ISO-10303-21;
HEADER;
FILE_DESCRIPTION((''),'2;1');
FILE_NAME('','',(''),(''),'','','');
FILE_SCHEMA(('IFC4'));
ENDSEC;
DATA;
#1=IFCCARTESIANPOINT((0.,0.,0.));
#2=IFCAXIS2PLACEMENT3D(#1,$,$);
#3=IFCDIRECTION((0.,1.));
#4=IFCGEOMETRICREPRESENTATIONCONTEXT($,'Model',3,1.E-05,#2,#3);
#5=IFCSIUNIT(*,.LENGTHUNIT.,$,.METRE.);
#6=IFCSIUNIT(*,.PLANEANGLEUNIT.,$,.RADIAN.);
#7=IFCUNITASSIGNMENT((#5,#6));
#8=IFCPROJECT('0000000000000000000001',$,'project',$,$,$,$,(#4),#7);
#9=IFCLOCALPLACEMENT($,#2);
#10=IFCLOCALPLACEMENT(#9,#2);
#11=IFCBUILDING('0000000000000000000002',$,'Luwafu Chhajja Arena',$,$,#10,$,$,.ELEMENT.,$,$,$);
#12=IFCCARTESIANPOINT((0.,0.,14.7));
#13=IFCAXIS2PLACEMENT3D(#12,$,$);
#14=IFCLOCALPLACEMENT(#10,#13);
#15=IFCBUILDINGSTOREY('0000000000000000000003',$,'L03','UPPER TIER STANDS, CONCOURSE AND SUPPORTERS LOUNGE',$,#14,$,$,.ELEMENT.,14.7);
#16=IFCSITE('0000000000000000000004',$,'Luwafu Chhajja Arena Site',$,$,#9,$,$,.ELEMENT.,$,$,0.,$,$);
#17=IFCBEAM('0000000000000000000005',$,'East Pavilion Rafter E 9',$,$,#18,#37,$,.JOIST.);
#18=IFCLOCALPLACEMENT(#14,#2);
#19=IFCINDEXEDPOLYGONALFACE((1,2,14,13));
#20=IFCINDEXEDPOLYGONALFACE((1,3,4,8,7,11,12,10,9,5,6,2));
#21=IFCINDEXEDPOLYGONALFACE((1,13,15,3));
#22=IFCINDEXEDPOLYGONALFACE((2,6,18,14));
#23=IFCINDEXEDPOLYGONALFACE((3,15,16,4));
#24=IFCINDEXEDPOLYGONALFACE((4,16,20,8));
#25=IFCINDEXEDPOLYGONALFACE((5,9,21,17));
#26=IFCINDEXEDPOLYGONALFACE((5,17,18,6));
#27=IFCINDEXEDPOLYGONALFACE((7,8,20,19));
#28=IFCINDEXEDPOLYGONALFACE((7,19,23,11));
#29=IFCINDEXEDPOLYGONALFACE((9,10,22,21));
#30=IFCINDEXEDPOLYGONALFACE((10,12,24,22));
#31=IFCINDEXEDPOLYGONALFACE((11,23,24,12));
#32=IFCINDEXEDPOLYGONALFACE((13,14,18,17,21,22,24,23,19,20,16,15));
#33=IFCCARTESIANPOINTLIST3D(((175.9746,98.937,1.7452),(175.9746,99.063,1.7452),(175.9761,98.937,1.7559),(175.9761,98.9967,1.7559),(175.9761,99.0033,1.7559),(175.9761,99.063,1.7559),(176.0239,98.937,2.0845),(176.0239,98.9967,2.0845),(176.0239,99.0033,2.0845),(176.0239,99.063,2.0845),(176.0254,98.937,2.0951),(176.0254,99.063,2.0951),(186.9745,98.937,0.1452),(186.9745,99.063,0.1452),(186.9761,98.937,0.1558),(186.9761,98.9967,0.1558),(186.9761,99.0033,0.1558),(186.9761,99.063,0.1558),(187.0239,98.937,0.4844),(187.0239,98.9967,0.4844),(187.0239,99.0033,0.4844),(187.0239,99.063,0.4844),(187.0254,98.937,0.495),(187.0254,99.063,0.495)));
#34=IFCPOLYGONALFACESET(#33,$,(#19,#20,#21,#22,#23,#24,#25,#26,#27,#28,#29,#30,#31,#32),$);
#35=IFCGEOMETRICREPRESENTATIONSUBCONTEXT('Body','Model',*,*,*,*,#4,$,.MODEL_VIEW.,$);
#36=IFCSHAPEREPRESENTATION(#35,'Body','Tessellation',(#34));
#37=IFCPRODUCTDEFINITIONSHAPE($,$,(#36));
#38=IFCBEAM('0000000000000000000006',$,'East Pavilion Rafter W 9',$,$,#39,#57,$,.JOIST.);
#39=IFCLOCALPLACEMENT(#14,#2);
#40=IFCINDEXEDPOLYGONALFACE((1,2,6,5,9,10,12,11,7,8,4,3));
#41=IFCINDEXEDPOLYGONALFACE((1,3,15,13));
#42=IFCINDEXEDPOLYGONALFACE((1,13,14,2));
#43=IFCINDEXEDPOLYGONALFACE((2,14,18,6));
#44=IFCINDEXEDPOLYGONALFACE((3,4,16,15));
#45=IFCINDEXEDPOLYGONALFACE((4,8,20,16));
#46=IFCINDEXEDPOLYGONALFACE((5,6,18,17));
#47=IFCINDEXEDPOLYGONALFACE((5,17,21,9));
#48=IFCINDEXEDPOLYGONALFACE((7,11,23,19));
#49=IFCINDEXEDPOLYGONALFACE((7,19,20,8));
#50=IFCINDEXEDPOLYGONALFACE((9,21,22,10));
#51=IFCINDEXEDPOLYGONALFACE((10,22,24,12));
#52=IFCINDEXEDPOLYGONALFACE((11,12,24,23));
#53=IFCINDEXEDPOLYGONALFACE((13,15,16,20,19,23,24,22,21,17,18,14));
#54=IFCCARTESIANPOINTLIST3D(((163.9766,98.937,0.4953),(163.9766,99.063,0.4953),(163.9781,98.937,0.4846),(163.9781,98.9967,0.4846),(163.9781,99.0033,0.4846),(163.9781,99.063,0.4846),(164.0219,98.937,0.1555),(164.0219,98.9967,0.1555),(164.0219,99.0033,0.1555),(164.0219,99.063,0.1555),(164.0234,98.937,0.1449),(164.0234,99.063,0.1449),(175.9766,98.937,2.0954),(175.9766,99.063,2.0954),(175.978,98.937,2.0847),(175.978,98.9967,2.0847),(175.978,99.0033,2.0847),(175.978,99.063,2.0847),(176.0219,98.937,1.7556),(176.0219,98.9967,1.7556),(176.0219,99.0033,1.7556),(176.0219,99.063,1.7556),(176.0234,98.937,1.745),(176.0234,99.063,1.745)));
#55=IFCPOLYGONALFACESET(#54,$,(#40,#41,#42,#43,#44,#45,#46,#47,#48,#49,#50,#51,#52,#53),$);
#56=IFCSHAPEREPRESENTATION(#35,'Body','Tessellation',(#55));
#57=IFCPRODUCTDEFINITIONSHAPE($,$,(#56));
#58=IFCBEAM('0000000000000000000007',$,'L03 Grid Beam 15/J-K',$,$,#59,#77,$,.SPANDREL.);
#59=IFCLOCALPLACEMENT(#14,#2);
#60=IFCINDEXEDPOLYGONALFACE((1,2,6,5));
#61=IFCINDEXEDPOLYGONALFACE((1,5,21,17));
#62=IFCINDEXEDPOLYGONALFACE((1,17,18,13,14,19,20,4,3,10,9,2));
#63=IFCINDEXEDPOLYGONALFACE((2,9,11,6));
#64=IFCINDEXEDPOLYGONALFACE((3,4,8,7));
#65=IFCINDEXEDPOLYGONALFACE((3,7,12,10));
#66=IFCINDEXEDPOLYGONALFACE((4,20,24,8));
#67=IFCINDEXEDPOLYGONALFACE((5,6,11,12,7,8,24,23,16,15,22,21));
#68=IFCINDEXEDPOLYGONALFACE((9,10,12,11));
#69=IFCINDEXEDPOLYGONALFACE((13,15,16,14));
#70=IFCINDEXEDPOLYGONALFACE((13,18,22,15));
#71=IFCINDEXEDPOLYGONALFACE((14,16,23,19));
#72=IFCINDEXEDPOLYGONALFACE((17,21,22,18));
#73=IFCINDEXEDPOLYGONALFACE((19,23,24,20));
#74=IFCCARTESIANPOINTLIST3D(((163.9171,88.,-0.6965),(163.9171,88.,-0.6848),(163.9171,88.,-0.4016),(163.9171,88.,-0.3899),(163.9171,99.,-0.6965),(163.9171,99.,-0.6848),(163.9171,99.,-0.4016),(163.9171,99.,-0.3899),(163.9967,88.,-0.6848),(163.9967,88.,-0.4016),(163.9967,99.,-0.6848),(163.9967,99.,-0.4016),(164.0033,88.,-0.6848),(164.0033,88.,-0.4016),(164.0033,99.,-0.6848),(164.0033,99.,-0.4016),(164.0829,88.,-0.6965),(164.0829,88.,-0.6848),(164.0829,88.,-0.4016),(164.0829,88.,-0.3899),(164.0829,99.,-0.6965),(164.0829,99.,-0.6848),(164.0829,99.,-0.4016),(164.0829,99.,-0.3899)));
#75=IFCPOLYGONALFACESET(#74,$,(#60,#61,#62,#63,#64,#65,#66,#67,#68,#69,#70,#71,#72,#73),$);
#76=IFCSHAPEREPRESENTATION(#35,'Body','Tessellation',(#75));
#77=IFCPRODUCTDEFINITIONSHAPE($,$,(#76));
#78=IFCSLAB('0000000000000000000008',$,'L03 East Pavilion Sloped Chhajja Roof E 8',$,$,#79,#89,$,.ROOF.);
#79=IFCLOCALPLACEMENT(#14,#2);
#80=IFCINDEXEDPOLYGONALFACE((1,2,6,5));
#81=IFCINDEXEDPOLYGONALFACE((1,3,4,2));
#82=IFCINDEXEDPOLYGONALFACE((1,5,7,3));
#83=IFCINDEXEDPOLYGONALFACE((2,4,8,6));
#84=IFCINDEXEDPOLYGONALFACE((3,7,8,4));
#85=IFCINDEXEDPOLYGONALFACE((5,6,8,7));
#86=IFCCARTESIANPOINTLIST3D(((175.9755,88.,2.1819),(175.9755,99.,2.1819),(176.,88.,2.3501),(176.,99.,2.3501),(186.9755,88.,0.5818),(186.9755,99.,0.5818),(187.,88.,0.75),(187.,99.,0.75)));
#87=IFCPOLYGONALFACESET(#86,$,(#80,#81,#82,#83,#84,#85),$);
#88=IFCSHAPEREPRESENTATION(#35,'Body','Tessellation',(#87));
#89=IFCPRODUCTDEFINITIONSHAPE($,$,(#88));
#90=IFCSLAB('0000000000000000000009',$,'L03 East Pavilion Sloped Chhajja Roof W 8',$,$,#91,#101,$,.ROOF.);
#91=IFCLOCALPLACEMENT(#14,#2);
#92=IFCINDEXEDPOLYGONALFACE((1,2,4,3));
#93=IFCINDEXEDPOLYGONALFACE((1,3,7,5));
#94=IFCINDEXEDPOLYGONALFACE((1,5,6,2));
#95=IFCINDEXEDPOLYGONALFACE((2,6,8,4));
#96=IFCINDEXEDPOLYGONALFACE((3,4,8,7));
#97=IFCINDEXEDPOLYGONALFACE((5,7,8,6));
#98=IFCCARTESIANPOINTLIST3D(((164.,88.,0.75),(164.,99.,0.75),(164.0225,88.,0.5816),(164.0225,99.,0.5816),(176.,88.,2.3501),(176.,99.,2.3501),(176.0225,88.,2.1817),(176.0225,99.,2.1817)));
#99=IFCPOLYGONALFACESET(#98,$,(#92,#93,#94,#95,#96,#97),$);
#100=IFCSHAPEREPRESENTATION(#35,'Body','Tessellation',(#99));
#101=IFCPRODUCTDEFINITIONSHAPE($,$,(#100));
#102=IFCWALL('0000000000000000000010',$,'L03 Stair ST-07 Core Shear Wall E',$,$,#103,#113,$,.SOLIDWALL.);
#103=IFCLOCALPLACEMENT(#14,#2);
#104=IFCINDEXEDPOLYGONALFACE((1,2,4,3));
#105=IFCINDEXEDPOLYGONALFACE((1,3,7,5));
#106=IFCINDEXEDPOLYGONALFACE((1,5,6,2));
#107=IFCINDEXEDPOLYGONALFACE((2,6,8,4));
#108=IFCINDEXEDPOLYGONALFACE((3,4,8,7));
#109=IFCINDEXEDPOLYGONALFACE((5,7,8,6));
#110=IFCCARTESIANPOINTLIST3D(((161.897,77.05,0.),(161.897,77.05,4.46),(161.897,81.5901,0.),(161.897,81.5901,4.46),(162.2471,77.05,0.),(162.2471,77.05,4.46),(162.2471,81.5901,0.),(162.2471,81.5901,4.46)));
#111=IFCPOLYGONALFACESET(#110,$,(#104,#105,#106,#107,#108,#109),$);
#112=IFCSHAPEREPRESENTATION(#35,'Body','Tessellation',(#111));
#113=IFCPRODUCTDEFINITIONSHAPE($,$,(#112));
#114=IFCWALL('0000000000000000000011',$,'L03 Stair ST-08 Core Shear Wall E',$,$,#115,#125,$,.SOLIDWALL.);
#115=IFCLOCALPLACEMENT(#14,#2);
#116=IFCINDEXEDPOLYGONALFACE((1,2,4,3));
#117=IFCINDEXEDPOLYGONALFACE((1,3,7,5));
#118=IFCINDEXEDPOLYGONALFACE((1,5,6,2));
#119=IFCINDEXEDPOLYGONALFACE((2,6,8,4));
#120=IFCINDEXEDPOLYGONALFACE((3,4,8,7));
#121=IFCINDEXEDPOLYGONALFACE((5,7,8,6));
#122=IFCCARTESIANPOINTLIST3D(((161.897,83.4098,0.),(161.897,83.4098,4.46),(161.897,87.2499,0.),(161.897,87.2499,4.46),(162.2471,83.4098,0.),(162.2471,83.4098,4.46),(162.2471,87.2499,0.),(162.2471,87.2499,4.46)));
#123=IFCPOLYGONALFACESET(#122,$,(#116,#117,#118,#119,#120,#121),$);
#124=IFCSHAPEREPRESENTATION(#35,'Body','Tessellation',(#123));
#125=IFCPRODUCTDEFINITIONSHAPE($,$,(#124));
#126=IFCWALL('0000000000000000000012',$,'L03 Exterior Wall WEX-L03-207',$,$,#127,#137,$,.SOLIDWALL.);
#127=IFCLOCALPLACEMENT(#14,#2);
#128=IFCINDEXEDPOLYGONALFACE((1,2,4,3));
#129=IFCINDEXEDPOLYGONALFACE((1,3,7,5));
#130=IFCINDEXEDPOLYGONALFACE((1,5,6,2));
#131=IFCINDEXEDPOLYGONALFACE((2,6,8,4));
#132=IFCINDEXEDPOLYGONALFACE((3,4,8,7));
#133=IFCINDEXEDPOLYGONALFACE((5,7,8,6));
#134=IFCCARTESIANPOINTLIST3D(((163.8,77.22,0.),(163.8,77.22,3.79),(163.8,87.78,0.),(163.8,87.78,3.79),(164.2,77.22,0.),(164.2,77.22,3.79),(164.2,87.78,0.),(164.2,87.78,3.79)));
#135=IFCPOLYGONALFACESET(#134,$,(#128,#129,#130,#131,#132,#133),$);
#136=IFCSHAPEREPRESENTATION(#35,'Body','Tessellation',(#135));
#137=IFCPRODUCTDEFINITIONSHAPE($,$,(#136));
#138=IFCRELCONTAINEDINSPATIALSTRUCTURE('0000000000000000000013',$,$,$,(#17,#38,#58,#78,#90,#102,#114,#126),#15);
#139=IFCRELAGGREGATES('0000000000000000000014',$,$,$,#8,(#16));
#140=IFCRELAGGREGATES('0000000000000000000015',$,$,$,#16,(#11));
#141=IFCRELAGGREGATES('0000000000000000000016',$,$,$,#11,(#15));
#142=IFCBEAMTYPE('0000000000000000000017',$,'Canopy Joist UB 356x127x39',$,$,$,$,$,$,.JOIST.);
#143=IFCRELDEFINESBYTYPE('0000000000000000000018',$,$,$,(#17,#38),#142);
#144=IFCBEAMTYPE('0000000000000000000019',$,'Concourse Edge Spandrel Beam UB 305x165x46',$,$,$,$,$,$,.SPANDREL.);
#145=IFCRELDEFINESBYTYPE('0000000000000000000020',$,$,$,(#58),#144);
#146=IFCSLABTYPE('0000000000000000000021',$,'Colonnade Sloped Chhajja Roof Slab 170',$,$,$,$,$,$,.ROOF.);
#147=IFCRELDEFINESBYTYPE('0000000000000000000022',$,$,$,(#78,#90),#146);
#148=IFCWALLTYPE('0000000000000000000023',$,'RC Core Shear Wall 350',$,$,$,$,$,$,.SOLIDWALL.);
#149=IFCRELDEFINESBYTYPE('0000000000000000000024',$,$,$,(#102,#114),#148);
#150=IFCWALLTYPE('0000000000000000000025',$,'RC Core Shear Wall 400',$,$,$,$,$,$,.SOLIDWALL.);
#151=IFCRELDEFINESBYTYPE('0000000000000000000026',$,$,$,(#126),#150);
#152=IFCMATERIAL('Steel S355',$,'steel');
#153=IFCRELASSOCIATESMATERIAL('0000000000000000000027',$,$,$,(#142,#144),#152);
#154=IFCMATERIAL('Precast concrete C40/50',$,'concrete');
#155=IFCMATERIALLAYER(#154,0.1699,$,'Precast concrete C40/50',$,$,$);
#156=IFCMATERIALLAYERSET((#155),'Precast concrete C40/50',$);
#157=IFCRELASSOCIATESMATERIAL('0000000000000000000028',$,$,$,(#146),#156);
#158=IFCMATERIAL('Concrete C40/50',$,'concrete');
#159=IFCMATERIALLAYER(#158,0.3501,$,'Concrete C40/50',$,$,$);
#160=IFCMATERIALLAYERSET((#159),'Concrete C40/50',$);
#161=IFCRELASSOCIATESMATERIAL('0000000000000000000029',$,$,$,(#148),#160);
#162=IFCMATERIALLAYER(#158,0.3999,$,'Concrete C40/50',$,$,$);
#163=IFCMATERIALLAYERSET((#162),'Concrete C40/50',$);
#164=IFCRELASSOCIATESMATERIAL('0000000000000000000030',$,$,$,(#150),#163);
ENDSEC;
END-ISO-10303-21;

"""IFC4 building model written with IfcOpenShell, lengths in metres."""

from ifc_helpers import new_model, si_unit, direction, frame, frame_2d, origin, origin_2d, place, context, subcontext, project, spatial, polyline, rectangle, i_section, outline, extrude, material, layer, layer_set, material_profile, profile_set, type_object, element, save


model = new_model("IFC4")

# Units and contexts
model_context = context("Model", 3, precision=1e-05, world=origin(), true_north=direction((0.0, 1.0)))
body_context = subcontext(model_context, "Body", "Model", "MODEL_VIEW")
ifc_project = project(units=[si_unit("LENGTHUNIT", "METRE"), si_unit("PLANEANGLEUNIT", "RADIAN")], contexts=[model_context])

# Site, building, storey
site_placement = place(None, origin())
site = spatial("IfcSite", under=ifc_project, at=site_placement, Name="Luwafu Chhajja Arena Site", CompositionType="ELEMENT", RefElevation=0.0)
building_placement = place(site_placement, origin())
building = spatial("IfcBuilding", under=site, at=building_placement, Name="Luwafu Chhajja Arena", CompositionType="ELEMENT")
storey_placement = place(building_placement, frame((0.0, 0.0, 14.7)))
storey = spatial("IfcBuildingStorey", under=building, at=storey_placement, Name="L03", Description="UPPER TIER STANDS, CONCOURSE AND SUPPORTERS LOUNGE", CompositionType="ELEMENT", Elevation=14.7)

# Shared definitions
ifc_material_1 = material(Name="Steel S355", Category="steel")

# Beams
ifc_material_profile_1 = material_profile(ifc_material_1, i_section(OverallWidth=0.126, OverallDepth=0.3535, WebThickness=0.0066, FlangeThickness=0.0107, at=origin_2d()), Name="UB 356x127x39")
ifc_profile_set_1 = profile_set([ifc_material_profile_1], Name="Steel S355")
beam_type_1 = type_object("IfcBeamType", Name="Canopy Joist UB 356x127x39", PredefinedType="JOIST", material=ifc_profile_set_1)
beam_1_placement = place(storey_placement, frame((176.0, 99.0, 1.9202), z_axis=(0.989585, 0.0, -0.143948), x_axis=(0.0, 1.0, 0.0)))
element("IfcBeam", 1, at=beam_1_placement, inside=storey, type_object=beam_type_1, Name="East Pavilion Rafter E 9", PredefinedType="JOIST", context=body_context, shape_type="SweptSolid", body=[
    extrude(i_section(OverallWidth=0.126, OverallDepth=0.3535, WebThickness=0.0066, FlangeThickness=0.0107, at=origin_2d()), origin(), (0.0, 0.0, 1.0), 11.1157),
])
beam_2_placement = place(storey_placement, frame((164.0, 99.0, 0.3201), z_axis=(0.991227, 0.0, 0.132172), x_axis=(0.0, 1.0, 0.0)))
element("IfcBeam", 2, at=beam_2_placement, inside=storey, type_object=beam_type_1, Name="East Pavilion Rafter W 9", PredefinedType="JOIST", context=body_context, shape_type="SweptSolid", body=[
    extrude(i_section(OverallWidth=0.126, OverallDepth=0.3535, WebThickness=0.0066, FlangeThickness=0.0107, at=origin_2d()), origin(), (0.0, 0.0, 1.0), 12.1062),
])
ifc_material_profile_2 = material_profile(ifc_material_1, i_section(OverallWidth=0.1658, OverallDepth=0.3066, WebThickness=0.0066, FlangeThickness=0.0117, at=origin_2d()), Name="UB 305x165x46")
ifc_profile_set_2 = profile_set([ifc_material_profile_2], Name="Steel S355")
beam_type_2 = type_object("IfcBeamType", Name="Concourse Edge Spandrel Beam UB 305x165x46", PredefinedType="SPANDREL", material=ifc_profile_set_2)
beam_3_placement = place(storey_placement, frame((164.0, 88.0, -0.5432), z_axis=(0.0, 1.0, 0.0), x_axis=(-1.0, 0.0, 0.0)))
element("IfcBeam", 3, at=beam_3_placement, inside=storey, type_object=beam_type_2, Name="L03 Grid Beam 15/J-K", PredefinedType="SPANDREL", context=body_context, shape_type="SweptSolid", body=[
    extrude(i_section(OverallWidth=0.1658, OverallDepth=0.3066, WebThickness=0.0066, FlangeThickness=0.0117, at=origin_2d()), origin(), (0.0, 0.0, 1.0), 11.0),
])

# Slabs
ifc_material_2 = material(Name="Precast concrete C40/50", Category="concrete")
ifc_layer_1 = layer(ifc_material_2, 0.1699, Name="Precast concrete C40/50")
ifc_layer_set_1 = layer_set([ifc_layer_1], Name="Precast concrete C40/50")
slab_type = type_object("IfcSlabType", Name="Colonnade Sloped Chhajja Roof Slab 170", PredefinedType="ROOF", material=ifc_layer_set_1)
slab_1_placement = place(storey_placement, frame((176.0, 88.0, 2.3501), z_axis=(0.143948, 0.0, 0.989585), x_axis=(0.989585, 0.0, -0.143948)))
element("IfcSlab", 4, at=slab_1_placement, inside=storey, type_object=slab_type, Name="L03 East Pavilion Sloped Chhajja Roof E 8", PredefinedType="ROOF", context=body_context, shape_type="SweptSolid", body=[
    extrude(outline(polyline([(0.0, 0.0), (11.1158, 0.0), (11.1158, 11.0), (0.0, 11.0), (0.0, 0.0)])), origin(), (0.0, 0.0, -1.0), 0.1699),
])
slab_2_placement = place(storey_placement, frame((164.0, 88.0, 0.75), z_axis=(-0.132172, 0.0, 0.991227), x_axis=(0.991227, 0.0, 0.132172)))
element("IfcSlab", 5, at=slab_2_placement, inside=storey, type_object=slab_type, Name="L03 East Pavilion Sloped Chhajja Roof W 8", PredefinedType="ROOF", context=body_context, shape_type="SweptSolid", body=[
    extrude(outline(polyline([(0.0, 0.0), (12.1062, 0.0), (12.1062, 11.0), (0.0, 11.0), (0.0, 0.0)])), origin(), (0.0, 0.0, -1.0), 0.1699),
])

# Walls
ifc_material_3 = material(Name="Concrete C40/50", Category="concrete")
ifc_layer_2 = layer(ifc_material_3, 0.3501, Name="Concrete C40/50")
ifc_layer_set_2 = layer_set([ifc_layer_2], Name="Concrete C40/50")
wall_type_1 = type_object("IfcWallType", Name="RC Core Shear Wall 350", PredefinedType="SOLIDWALL", material=ifc_layer_set_2)
wall_1_placement = place(storey_placement, frame((162.072, 77.05, 0.0), z_axis=(0.0, 0.0, 1.0), x_axis=(0.0, 1.0, 0.0)))
element("IfcWall", 6, at=wall_1_placement, inside=storey, type_object=wall_type_1, Name="L03 Stair ST-07 Core Shear Wall E", PredefinedType="SOLIDWALL", context=body_context, shape_type="SweptSolid", body=[
    extrude(rectangle(XDim=4.54, YDim=0.3501, at=frame_2d((2.27, 0.0))), origin(), (0.0, 0.0, 1.0), 4.46),
])
wall_2_placement = place(storey_placement, frame((162.072, 83.4099, 0.0), z_axis=(0.0, 0.0, 1.0), x_axis=(0.0, 1.0, 0.0)))
element("IfcWall", 7, at=wall_2_placement, inside=storey, type_object=wall_type_1, Name="L03 Stair ST-08 Core Shear Wall E", PredefinedType="SOLIDWALL", context=body_context, shape_type="SweptSolid", body=[
    extrude(rectangle(XDim=3.8401, YDim=0.3501, at=frame_2d((1.9199, 0.0))), origin(), (0.0, 0.0, 1.0), 4.46),
])
ifc_layer_3 = layer(ifc_material_3, 0.3999, Name="Concrete C40/50")
ifc_layer_set_3 = layer_set([ifc_layer_3], Name="Concrete C40/50")
wall_type_2 = type_object("IfcWallType", Name="RC Core Shear Wall 400", PredefinedType="SOLIDWALL", material=ifc_layer_set_3)
wall_3_placement = place(storey_placement, frame((164.0, 77.22, 0.0), z_axis=(0.0, 0.0, 1.0), x_axis=(0.0, 1.0, 0.0)))
element("IfcWall", 8, at=wall_3_placement, inside=storey, type_object=wall_type_2, Name="L03 Exterior Wall WEX-L03-207", PredefinedType="SOLIDWALL", context=body_context, shape_type="SweptSolid", body=[
    extrude(rectangle(XDim=10.5601, YDim=0.3999, at=frame_2d((5.28, 0.0))), origin(), (0.0, 0.0, 1.0), 3.79),
])

save(model, "model.ifc")
